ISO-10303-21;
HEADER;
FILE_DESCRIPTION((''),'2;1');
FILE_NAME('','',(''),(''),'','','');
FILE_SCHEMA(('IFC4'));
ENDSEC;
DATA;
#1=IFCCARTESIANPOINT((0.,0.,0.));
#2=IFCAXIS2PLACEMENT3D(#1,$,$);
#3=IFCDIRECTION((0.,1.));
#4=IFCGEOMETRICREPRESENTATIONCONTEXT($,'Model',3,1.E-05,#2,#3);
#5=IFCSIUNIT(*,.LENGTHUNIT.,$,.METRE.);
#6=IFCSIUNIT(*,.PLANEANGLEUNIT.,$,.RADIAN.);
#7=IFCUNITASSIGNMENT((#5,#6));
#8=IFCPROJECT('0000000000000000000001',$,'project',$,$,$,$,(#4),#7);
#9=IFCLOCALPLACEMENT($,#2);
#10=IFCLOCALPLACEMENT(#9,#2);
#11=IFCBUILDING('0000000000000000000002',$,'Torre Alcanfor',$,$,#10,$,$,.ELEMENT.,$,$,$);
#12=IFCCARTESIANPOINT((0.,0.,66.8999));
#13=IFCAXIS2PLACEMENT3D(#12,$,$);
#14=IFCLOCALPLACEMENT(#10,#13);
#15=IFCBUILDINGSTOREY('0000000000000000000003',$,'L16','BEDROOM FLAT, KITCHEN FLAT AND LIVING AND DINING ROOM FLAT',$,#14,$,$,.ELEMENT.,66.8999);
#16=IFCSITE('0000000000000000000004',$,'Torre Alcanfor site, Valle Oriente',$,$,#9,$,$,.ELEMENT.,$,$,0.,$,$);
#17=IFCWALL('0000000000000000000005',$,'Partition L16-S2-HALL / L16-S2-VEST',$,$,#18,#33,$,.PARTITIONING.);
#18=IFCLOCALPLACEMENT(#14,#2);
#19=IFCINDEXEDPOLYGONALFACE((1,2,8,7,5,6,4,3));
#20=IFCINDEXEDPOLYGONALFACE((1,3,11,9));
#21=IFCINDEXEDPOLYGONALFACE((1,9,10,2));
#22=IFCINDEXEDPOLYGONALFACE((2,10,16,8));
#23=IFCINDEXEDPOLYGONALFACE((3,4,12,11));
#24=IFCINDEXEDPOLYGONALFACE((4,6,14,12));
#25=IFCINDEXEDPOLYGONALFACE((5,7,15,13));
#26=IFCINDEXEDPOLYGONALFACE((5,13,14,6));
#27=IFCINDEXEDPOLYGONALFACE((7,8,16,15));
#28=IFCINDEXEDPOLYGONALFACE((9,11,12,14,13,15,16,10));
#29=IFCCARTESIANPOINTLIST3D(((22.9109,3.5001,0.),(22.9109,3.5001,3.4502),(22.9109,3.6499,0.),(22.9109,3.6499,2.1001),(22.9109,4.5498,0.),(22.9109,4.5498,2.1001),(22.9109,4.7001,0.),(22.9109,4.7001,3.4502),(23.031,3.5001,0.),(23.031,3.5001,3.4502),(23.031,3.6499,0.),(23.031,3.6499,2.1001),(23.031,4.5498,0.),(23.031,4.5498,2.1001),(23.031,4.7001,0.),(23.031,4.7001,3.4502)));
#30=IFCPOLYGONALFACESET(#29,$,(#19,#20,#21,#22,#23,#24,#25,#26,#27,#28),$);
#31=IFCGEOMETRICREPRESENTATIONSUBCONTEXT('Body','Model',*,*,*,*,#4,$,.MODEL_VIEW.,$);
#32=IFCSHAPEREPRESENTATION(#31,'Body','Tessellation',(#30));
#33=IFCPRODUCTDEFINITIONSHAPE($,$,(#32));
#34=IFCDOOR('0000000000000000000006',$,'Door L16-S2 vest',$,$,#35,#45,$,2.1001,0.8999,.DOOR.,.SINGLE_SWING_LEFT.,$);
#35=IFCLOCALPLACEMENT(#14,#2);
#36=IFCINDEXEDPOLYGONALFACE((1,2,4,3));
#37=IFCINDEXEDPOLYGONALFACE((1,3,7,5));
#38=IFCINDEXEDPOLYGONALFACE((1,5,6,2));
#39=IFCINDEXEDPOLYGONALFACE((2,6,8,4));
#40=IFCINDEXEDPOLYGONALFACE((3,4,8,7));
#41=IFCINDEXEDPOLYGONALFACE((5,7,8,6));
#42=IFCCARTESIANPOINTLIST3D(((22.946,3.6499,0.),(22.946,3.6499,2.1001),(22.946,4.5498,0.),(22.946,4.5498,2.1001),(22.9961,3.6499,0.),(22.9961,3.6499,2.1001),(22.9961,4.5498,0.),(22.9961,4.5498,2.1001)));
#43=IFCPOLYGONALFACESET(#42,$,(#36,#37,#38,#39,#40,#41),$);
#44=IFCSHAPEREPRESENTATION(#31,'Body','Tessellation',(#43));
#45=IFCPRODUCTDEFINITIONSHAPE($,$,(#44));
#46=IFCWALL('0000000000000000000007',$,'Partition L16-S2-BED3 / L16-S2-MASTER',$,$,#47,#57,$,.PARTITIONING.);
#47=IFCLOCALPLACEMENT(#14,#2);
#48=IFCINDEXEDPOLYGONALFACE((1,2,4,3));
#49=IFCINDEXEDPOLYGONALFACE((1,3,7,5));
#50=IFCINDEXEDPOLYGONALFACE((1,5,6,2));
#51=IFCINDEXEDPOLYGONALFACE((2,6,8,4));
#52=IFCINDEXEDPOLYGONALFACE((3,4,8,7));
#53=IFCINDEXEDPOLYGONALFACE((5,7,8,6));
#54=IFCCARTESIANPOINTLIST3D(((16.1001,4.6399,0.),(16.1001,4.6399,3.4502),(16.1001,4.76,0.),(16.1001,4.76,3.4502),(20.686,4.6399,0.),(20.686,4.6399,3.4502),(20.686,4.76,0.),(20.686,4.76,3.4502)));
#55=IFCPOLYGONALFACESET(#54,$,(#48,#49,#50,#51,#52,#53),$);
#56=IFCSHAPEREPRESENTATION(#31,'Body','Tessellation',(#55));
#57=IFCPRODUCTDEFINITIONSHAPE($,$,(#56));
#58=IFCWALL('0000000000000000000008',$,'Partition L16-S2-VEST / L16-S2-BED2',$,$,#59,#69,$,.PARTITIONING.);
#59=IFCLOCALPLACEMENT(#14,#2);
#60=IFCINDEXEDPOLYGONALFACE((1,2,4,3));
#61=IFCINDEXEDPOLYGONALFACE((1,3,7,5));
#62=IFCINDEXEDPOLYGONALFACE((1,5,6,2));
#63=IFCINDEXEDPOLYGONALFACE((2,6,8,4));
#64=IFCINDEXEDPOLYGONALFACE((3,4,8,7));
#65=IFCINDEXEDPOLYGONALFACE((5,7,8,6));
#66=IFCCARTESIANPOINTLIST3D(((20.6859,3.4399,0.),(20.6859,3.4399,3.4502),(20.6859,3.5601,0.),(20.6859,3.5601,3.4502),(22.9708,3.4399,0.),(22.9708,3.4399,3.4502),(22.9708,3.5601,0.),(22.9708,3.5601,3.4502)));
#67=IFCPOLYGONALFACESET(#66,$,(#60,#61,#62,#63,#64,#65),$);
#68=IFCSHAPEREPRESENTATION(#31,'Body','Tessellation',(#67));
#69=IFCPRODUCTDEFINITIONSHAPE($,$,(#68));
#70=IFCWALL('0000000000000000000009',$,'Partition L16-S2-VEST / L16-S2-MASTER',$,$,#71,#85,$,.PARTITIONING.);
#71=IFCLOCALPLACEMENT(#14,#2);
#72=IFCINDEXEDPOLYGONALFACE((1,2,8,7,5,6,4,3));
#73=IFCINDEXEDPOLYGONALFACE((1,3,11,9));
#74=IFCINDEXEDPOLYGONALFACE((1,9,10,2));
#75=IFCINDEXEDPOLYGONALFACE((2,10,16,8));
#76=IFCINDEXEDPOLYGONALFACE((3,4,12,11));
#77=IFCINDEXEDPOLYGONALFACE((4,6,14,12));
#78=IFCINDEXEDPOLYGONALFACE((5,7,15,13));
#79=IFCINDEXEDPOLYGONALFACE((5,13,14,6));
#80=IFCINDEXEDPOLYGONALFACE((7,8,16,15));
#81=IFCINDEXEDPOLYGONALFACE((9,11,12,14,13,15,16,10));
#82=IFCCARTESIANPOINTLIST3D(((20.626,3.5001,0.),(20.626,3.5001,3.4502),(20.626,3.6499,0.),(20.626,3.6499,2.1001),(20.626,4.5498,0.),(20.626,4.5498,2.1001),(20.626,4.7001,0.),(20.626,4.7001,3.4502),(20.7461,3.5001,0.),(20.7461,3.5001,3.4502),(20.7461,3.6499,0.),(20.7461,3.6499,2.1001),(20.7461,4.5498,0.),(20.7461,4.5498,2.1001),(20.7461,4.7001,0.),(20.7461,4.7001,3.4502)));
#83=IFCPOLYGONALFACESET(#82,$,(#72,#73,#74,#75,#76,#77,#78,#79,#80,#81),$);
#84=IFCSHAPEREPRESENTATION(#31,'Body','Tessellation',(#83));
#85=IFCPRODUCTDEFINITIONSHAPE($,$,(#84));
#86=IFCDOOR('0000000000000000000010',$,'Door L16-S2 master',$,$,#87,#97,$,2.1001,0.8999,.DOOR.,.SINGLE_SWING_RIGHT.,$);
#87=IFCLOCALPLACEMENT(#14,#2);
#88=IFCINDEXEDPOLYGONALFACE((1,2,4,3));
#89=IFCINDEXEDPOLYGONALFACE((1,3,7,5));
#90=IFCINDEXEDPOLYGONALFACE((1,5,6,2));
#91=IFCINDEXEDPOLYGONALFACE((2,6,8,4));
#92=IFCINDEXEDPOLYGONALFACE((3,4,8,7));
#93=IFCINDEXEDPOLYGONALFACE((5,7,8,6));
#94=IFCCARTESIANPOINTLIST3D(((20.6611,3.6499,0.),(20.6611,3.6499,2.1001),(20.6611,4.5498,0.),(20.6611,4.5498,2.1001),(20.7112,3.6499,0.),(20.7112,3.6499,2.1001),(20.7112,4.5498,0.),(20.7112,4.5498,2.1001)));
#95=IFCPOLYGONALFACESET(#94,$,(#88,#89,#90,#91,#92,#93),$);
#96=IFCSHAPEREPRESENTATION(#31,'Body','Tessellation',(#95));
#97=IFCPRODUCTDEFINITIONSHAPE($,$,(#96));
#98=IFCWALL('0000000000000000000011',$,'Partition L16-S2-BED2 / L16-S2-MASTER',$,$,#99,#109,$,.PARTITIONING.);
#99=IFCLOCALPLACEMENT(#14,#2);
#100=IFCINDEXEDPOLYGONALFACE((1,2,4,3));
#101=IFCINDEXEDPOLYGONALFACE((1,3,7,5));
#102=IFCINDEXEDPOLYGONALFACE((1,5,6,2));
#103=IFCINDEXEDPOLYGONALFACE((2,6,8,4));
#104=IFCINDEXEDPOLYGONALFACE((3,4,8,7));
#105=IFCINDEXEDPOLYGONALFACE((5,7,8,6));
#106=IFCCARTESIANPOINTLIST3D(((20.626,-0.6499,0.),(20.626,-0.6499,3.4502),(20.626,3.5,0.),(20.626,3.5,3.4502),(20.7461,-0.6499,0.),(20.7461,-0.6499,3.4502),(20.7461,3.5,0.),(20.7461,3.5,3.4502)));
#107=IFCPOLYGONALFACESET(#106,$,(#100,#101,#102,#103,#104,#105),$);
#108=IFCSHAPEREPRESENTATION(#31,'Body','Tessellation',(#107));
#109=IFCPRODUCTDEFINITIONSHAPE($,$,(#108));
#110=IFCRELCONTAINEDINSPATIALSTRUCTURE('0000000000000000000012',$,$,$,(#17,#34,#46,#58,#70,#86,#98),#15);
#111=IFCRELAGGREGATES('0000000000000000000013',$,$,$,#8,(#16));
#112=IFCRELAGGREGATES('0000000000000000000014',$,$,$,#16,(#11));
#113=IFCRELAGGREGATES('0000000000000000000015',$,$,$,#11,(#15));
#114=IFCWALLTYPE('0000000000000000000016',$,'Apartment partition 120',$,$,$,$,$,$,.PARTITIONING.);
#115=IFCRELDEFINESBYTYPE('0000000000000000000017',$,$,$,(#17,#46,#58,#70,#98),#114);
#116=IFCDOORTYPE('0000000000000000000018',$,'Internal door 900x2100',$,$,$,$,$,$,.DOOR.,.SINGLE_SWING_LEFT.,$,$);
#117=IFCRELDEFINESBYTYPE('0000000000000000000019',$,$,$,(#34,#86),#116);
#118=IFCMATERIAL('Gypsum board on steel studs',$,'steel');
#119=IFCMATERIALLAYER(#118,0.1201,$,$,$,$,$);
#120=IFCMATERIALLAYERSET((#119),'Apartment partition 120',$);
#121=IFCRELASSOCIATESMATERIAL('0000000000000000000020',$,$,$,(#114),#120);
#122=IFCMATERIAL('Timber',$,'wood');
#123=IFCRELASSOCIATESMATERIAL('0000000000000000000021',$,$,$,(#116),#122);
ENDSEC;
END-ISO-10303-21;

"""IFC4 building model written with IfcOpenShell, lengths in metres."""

from ifc_helpers import new_model, si_unit, direction, frame, frame_2d, origin, place, context, subcontext, project, spatial, rectangle, extrude, material, layer, layer_set, type_object, element, fill, save


model = new_model("IFC4")

# Units and contexts
model_context = context("Model", 3, precision=1e-05, world=origin(), true_north=direction((0.0, 1.0)))
body_context = subcontext(model_context, "Body", "Model", "MODEL_VIEW")
ifc_project = project(units=[si_unit("LENGTHUNIT", "METRE"), si_unit("PLANEANGLEUNIT", "RADIAN")], contexts=[model_context])

# Site, building, storey
site_placement = place(None, origin())
site = spatial("IfcSite", under=ifc_project, at=site_placement, Name="Torre Alcanfor site, Valle Oriente", CompositionType="ELEMENT", RefElevation=0.0)
building_placement = place(site_placement, origin())
building = spatial("IfcBuilding", under=site, at=building_placement, Name="Torre Alcanfor", CompositionType="ELEMENT")
storey_placement = place(building_placement, frame((0.0, 0.0, 66.8999)))
storey = spatial("IfcBuildingStorey", under=building, at=storey_placement, Name="L16", Description="BEDROOM FLAT, KITCHEN FLAT AND LIVING AND DINING ROOM FLAT", CompositionType="ELEMENT", Elevation=66.8999)

# Wall, opening, door
ifc_material_1 = material(Name="Gypsum board on steel studs", Category="steel")
ifc_layer_1 = layer(ifc_material_1, 0.1201)
ifc_layer_set_1 = layer_set([ifc_layer_1], Name="Apartment partition 120")
wall_type = type_object("IfcWallType", Name="Apartment partition 120", PredefinedType="PARTITIONING", material=ifc_layer_set_1)
wall_1_placement = place(storey_placement, frame((22.9709, 3.5, 0.0), z_axis=(0.0, 0.0, 1.0), x_axis=(0.0, 1.0, 0.0)))
wall_1 = element("IfcWall", 1, at=wall_1_placement, inside=storey, type_object=wall_type, Name="Partition L16-S2-HALL / L16-S2-VEST", PredefinedType="PARTITIONING", context=body_context, shape_type="SweptSolid", body=[
    extrude(rectangle(XDim=1.2, YDim=0.1201, at=frame_2d((0.6001, 0.0))), origin(), (0.0, 0.0, 1.0), 3.4502),
])
opening_1_placement = place(wall_1_placement, frame((0.1499, 0.0, 0.0)))
opening_1 = element("IfcOpeningElement", 2, at=opening_1_placement, cuts=wall_1, PredefinedType="OPENING", context=body_context, shape_type="SweptSolid", body=[
    extrude(rectangle(XDim=0.8999, YDim=2.1001, at=frame_2d((0.45, 1.05))), frame((0.0, 0.0701, 0.0), z_axis=(0.0, -1.0, 0.0), x_axis=(1.0, 0.0, 0.0)), (0.0, 0.0, 1.0), 0.1401),
])
ifc_material_2 = material(Name="Timber", Category="wood")
door_type = type_object("IfcDoorType", Name="Internal door 900x2100", OperationType="SINGLE_SWING_LEFT", PredefinedType="DOOR", material=ifc_material_2)
door_1_placement = place(opening_1_placement, origin())
door_1 = element("IfcDoor", 3, at=door_1_placement, inside=storey, type_object=door_type, Name="Door L16-S2 vest", OperationType="SINGLE_SWING_LEFT", OverallHeight=2.1001, OverallWidth=0.8999, PredefinedType="DOOR", context=body_context, shape_type="SweptSolid", body=[
    extrude(rectangle(XDim=0.8999, YDim=2.1001, at=frame_2d((0.45, 1.05))), frame((0.0, 0.0249, 0.0), z_axis=(0.0, -1.0, 0.0), x_axis=(1.0, 0.0, 0.0)), (0.0, 0.0, 1.0), 0.05),
])
fill(opening_1, door_1)

# Walls
wall_2_placement = place(storey_placement, frame((20.686, 4.7, 0.0), z_axis=(0.0, 0.0, 1.0), x_axis=(-1.0, 0.0, 0.0)))
element("IfcWall", 4, at=wall_2_placement, inside=storey, type_object=wall_type, Name="Partition L16-S2-BED3 / L16-S2-MASTER", PredefinedType="PARTITIONING", context=body_context, shape_type="SweptSolid", body=[
    extrude(rectangle(XDim=4.5859, YDim=0.1201, at=frame_2d((2.293, 0.0))), origin(), (0.0, 0.0, 1.0), 3.4502),
])
wall_3_placement = place(storey_placement, frame((22.9709, 3.5, 0.0), z_axis=(0.0, 0.0, 1.0), x_axis=(-1.0, 0.0, 0.0)))
element("IfcWall", 5, at=wall_3_placement, inside=storey, type_object=wall_type, Name="Partition L16-S2-VEST / L16-S2-BED2", PredefinedType="PARTITIONING", context=body_context, shape_type="SweptSolid", body=[
    extrude(rectangle(XDim=2.2849, YDim=0.1201, at=frame_2d((1.1426, 0.0))), origin(), (0.0, 0.0, 1.0), 3.4502),
])

# Wall, opening, door
wall_4_placement = place(storey_placement, frame((20.686, 3.5, 0.0), z_axis=(0.0, 0.0, 1.0), x_axis=(0.0, 1.0, 0.0)))
wall_4 = element("IfcWall", 6, at=wall_4_placement, inside=storey, type_object=wall_type, Name="Partition L16-S2-VEST / L16-S2-MASTER", PredefinedType="PARTITIONING", context=body_context, shape_type="SweptSolid", body=[
    extrude(rectangle(XDim=1.2, YDim=0.1201, at=frame_2d((0.6001, 0.0))), origin(), (0.0, 0.0, 1.0), 3.4502),
])
opening_2_placement = place(wall_4_placement, frame((0.1499, 0.0, 0.0)))
opening_2 = element("IfcOpeningElement", 7, at=opening_2_placement, cuts=wall_4, PredefinedType="OPENING", context=body_context, shape_type="SweptSolid", body=[
    extrude(rectangle(XDim=0.8999, YDim=2.1001, at=frame_2d((0.45, 1.05))), frame((0.0, 0.0701, 0.0), z_axis=(0.0, -1.0, 0.0), x_axis=(1.0, 0.0, 0.0)), (0.0, 0.0, 1.0), 0.1401),
])
door_2_placement = place(opening_2_placement, frame((0.8999, 0.0, 0.0), z_axis=(0.0, 0.0, 1.0), x_axis=(-1.0, 0.0, 0.0)))
door_2 = element("IfcDoor", 8, at=door_2_placement, inside=storey, type_object=door_type, Name="Door L16-S2 master", OperationType="SINGLE_SWING_RIGHT", OverallHeight=2.1001, OverallWidth=0.8999, PredefinedType="DOOR", context=body_context, shape_type="SweptSolid", body=[
    extrude(rectangle(XDim=0.8999, YDim=2.1001, at=frame_2d((0.45, 1.05))), frame((0.0, 0.0251, 0.0), z_axis=(0.0, -1.0, 0.0), x_axis=(1.0, 0.0, 0.0)), (0.0, 0.0, 1.0), 0.05),
])
fill(opening_2, door_2)

# Wall
wall_5_placement = place(storey_placement, frame((20.686, -0.6499, 0.0), z_axis=(0.0, 0.0, 1.0), x_axis=(0.0, 1.0, 0.0)))
element("IfcWall", 9, at=wall_5_placement, inside=storey, type_object=wall_type, Name="Partition L16-S2-BED2 / L16-S2-MASTER", PredefinedType="PARTITIONING", context=body_context, shape_type="SweptSolid", body=[
    extrude(rectangle(XDim=4.1499, YDim=0.1201, at=frame_2d((2.075, 0.0))), origin(), (0.0, 0.0, 1.0), 3.4502),
])

save(model, "model.ifc")
